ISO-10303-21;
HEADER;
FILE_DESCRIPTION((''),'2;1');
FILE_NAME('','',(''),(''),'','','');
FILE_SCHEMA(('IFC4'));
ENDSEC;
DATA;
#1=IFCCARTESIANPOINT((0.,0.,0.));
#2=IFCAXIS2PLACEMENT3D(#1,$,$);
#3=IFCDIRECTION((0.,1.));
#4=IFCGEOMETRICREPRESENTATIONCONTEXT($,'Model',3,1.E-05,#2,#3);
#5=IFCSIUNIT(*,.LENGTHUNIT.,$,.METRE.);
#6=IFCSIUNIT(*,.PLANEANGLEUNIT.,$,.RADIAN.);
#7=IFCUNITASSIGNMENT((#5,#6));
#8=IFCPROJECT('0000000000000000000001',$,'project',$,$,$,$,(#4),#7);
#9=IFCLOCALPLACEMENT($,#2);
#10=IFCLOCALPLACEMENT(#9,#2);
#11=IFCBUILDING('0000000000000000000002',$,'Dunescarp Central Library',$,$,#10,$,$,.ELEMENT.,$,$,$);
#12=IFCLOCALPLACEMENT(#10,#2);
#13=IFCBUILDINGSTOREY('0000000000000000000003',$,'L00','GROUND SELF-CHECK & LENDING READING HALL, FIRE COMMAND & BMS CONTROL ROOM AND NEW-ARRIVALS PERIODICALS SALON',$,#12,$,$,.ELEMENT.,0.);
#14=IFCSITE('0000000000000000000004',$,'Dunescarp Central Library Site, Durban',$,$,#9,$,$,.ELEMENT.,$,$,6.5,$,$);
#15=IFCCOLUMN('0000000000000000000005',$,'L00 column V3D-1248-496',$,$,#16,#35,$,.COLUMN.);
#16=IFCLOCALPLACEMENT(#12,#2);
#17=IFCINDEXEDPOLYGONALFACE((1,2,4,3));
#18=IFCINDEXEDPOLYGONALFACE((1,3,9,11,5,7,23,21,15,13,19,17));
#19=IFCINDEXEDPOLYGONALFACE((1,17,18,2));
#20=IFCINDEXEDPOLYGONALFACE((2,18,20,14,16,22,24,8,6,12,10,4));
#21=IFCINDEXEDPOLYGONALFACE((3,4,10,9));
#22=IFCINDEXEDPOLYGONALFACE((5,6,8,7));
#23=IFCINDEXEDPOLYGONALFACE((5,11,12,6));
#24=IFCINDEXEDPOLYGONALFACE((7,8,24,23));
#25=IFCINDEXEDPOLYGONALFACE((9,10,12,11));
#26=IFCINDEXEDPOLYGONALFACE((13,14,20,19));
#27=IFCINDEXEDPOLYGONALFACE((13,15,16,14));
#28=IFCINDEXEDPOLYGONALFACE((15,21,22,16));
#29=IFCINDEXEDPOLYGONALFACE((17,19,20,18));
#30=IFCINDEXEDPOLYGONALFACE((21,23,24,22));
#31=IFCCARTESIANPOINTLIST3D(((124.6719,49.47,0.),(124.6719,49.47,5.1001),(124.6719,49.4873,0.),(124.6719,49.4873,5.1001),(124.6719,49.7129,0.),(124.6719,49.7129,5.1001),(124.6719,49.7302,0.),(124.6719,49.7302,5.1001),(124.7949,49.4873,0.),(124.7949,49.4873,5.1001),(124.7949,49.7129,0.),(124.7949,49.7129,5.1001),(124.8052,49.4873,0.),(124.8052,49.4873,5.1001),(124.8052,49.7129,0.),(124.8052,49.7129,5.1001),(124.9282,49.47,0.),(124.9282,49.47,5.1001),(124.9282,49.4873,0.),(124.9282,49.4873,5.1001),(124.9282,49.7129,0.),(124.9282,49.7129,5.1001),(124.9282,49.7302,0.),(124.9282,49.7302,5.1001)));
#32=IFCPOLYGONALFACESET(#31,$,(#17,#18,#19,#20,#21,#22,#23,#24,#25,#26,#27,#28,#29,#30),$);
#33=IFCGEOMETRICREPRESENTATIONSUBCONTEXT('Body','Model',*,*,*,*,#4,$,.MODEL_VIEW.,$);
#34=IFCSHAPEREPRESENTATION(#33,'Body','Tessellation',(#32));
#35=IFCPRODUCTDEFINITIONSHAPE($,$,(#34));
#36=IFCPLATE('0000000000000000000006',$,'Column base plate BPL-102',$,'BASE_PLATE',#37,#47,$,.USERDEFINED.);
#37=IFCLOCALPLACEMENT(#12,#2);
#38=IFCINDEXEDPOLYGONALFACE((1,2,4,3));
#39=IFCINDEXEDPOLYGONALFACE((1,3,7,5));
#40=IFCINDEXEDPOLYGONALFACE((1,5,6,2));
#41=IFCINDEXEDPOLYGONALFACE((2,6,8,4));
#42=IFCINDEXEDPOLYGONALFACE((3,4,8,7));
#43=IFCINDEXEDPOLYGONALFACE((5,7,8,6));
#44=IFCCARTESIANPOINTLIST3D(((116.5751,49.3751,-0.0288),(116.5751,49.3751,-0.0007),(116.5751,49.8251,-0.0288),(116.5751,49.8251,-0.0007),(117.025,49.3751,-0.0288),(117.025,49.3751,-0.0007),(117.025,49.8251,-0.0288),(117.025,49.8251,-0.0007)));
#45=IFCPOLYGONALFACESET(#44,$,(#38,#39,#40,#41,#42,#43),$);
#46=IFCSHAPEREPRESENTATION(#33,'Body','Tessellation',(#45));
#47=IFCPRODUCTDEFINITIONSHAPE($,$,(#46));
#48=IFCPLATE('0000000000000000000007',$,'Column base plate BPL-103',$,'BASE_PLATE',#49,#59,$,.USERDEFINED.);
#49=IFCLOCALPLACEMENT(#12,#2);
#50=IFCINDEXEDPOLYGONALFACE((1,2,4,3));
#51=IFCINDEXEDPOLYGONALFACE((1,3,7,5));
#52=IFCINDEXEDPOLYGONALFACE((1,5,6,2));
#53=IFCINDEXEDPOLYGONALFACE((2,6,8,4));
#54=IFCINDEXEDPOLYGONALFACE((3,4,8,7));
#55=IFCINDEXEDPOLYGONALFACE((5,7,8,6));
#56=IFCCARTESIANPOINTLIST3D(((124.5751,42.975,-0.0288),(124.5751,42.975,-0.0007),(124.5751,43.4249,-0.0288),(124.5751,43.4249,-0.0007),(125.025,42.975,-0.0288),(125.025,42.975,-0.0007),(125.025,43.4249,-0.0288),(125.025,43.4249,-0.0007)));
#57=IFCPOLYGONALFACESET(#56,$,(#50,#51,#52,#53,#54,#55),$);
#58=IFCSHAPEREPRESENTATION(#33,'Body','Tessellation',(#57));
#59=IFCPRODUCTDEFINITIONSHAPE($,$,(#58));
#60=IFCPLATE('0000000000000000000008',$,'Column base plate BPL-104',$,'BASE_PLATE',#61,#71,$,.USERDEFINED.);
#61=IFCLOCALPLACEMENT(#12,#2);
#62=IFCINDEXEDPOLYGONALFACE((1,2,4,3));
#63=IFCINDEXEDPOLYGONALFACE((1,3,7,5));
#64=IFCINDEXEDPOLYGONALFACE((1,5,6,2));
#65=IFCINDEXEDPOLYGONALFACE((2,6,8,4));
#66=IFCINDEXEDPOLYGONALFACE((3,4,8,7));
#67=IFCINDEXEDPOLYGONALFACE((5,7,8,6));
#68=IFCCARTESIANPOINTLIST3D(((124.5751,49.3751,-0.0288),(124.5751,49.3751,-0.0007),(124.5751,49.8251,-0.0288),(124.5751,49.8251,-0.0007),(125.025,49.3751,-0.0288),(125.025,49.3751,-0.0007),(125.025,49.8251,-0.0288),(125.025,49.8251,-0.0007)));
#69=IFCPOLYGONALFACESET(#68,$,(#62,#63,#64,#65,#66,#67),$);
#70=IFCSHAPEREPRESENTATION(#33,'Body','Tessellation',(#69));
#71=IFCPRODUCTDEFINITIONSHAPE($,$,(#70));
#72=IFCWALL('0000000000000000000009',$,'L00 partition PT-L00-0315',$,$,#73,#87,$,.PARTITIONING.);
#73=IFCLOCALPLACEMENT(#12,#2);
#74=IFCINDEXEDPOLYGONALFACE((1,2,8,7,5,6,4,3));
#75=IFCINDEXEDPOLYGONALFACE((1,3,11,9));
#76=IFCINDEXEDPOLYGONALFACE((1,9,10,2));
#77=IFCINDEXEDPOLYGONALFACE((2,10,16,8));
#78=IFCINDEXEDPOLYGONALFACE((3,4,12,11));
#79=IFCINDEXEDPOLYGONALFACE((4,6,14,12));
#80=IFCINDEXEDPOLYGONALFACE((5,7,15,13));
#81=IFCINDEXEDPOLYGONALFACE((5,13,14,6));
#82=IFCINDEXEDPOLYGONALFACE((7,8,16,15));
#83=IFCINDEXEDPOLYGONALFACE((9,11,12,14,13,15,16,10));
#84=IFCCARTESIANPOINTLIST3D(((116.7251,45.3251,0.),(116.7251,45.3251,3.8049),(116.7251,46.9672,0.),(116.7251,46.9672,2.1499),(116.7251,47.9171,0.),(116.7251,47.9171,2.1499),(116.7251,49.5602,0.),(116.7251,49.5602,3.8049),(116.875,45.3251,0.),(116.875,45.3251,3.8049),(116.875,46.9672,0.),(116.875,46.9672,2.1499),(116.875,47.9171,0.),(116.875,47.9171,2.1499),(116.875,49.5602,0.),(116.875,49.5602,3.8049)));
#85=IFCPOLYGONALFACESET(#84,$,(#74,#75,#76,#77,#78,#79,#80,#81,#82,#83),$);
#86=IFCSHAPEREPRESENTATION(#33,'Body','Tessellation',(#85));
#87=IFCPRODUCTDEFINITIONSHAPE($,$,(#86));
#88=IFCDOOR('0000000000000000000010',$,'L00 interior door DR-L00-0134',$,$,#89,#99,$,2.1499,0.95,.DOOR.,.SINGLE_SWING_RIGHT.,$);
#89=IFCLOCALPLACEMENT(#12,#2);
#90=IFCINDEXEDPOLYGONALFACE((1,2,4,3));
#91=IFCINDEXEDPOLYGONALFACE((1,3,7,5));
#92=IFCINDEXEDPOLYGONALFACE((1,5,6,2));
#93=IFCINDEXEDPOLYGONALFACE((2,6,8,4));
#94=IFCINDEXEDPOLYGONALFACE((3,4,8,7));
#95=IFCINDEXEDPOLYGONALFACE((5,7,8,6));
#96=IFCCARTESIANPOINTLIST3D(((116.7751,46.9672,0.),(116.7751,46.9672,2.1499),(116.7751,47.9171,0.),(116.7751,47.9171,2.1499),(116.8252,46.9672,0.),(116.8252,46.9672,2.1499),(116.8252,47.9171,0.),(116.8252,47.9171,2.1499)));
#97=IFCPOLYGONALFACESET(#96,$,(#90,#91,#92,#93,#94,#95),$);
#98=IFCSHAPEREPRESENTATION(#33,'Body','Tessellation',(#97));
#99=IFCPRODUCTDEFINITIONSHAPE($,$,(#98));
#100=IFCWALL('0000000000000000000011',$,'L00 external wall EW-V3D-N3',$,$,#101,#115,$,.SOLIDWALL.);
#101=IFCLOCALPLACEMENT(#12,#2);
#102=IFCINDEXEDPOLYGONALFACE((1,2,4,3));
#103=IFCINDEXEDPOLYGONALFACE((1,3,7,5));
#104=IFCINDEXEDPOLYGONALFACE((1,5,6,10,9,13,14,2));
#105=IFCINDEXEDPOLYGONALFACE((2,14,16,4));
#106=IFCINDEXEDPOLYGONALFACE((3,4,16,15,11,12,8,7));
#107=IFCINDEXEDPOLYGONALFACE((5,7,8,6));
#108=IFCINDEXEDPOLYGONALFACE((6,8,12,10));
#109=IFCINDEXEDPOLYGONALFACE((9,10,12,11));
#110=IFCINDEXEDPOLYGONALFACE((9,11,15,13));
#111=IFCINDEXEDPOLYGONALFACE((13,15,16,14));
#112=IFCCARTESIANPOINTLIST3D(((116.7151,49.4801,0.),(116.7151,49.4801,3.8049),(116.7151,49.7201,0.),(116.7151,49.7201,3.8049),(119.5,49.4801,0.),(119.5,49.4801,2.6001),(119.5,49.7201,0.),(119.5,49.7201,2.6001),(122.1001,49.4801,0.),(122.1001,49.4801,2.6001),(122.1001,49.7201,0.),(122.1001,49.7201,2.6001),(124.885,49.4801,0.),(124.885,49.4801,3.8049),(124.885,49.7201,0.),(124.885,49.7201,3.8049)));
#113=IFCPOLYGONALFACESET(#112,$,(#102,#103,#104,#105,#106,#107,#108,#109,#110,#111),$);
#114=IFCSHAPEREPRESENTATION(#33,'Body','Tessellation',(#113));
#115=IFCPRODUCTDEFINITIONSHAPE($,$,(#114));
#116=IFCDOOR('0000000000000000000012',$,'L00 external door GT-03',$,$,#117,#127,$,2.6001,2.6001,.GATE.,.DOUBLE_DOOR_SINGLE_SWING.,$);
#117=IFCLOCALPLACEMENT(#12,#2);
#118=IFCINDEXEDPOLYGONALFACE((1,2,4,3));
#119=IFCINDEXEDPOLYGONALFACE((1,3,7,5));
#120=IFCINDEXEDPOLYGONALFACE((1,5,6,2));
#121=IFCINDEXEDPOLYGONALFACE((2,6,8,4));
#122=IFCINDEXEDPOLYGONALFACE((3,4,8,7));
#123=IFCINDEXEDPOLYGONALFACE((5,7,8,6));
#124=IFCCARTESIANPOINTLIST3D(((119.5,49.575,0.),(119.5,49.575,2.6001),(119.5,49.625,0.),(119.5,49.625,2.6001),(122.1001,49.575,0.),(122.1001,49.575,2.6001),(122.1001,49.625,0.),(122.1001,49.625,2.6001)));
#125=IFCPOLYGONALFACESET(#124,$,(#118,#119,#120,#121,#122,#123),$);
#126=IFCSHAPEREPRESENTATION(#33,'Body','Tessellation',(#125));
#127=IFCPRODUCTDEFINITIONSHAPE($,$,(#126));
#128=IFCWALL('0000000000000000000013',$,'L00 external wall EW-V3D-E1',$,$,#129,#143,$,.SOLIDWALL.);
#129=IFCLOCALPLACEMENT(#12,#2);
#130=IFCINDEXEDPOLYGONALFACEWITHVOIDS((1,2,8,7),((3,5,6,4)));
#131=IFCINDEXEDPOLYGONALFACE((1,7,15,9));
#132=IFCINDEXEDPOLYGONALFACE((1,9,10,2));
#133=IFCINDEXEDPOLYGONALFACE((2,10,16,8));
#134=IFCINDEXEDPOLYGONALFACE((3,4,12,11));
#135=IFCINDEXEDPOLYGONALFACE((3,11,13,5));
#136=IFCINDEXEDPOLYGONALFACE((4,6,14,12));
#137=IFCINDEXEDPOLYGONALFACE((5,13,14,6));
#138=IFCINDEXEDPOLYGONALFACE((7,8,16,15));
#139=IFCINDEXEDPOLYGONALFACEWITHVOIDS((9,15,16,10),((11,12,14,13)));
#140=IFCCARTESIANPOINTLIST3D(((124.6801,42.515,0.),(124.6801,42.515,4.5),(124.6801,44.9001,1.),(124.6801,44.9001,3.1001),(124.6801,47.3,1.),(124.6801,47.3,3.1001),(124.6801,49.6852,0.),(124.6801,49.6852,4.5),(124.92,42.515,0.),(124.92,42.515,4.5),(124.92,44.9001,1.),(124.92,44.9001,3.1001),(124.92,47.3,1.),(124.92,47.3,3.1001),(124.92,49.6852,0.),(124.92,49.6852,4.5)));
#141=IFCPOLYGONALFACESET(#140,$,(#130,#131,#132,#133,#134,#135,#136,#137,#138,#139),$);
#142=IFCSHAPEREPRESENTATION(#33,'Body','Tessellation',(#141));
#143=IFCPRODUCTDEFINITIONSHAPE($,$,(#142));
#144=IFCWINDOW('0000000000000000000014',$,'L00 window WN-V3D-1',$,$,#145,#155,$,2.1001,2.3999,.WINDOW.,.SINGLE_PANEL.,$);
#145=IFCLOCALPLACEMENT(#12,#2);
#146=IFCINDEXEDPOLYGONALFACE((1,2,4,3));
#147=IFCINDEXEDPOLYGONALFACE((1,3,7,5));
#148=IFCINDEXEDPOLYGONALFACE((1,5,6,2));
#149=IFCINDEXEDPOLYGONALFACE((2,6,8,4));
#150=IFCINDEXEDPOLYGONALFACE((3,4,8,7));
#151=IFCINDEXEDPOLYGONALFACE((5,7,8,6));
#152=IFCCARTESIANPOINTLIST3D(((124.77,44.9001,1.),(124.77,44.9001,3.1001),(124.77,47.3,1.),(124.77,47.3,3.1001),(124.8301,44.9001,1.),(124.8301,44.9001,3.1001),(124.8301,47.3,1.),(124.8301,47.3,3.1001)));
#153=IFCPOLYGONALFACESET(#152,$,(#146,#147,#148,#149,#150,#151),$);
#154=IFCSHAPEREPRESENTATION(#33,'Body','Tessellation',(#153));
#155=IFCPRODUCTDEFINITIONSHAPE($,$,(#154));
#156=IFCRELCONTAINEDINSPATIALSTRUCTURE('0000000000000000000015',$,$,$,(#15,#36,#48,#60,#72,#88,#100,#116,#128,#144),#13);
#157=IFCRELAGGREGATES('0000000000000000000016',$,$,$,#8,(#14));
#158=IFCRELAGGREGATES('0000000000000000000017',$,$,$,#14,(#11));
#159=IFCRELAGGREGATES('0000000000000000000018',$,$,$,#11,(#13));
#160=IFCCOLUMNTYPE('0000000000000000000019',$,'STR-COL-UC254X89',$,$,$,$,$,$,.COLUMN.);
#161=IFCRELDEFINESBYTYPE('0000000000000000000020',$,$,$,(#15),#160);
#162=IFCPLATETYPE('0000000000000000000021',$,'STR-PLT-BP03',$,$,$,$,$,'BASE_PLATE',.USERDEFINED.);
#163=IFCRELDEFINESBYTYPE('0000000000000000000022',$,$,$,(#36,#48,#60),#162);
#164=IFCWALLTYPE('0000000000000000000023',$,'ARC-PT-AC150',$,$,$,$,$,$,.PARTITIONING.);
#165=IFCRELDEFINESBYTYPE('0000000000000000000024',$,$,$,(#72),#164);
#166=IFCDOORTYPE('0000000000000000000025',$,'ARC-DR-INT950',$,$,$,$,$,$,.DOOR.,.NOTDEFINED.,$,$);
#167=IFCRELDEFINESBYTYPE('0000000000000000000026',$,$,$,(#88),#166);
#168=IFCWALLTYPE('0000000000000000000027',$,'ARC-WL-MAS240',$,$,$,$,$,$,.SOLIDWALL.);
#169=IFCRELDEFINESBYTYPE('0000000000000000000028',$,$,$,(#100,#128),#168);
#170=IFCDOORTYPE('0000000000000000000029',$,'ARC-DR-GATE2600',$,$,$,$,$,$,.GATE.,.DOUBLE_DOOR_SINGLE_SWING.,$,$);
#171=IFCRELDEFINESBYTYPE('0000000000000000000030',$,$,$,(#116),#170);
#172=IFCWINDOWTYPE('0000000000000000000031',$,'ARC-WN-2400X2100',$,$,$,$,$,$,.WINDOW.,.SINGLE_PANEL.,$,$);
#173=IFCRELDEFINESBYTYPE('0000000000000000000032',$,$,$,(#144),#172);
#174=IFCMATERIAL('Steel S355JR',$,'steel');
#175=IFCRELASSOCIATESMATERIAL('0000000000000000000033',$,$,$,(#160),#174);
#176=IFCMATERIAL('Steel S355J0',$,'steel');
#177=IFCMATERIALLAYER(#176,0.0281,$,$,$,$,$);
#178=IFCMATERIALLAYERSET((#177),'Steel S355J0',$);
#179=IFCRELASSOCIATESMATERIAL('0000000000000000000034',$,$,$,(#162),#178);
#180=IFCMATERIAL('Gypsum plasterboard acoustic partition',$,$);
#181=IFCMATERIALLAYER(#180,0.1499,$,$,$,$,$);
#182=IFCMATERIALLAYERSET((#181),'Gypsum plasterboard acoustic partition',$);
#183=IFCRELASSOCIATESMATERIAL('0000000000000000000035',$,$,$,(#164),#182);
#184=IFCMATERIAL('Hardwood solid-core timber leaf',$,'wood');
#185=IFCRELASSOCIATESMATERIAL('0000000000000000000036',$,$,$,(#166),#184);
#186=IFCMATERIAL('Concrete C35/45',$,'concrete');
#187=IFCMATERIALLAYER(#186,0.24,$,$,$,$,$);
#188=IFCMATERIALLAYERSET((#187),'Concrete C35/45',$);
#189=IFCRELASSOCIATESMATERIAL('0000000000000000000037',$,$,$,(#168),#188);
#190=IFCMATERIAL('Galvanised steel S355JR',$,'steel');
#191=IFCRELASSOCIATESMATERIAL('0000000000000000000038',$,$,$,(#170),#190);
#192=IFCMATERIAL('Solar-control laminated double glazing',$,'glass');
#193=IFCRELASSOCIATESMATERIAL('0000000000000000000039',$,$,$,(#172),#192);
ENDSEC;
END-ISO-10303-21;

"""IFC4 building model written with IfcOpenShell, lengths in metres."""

from ifc_helpers import new_model, si_unit, direction, frame, frame_2d, origin, origin_2d, place, context, subcontext, project, spatial, rectangle, i_section, extrude, material, layer, layer_set, material_profile, profile_set, type_object, element, fill, save


model = new_model("IFC4")

# Units and contexts
model_context = context("Model", 3, precision=1e-05, world=origin(), true_north=direction((0.0, 1.0)))
body_context = subcontext(model_context, "Body", "Model", "MODEL_VIEW")
ifc_project = project(units=[si_unit("LENGTHUNIT", "METRE"), si_unit("PLANEANGLEUNIT", "RADIAN")], contexts=[model_context])

# Site, building, storey
site_placement = place(None, origin())
site = spatial("IfcSite", under=ifc_project, at=site_placement, Name="Dunescarp Central Library Site, Durban", CompositionType="ELEMENT", RefElevation=6.5)
building_placement = place(site_placement, origin())
building = spatial("IfcBuilding", under=site, at=building_placement, Name="Dunescarp Central Library", CompositionType="ELEMENT")
storey_placement = place(building_placement, origin())
storey = spatial("IfcBuildingStorey", under=building, at=storey_placement, Name="L00", Description="GROUND SELF-CHECK & LENDING READING HALL, FIRE COMMAND & BMS CONTROL ROOM AND NEW-ARRIVALS PERIODICALS SALON", CompositionType="ELEMENT", Elevation=0.0)

# Shared definitions
ifc_material_1 = material(Name="Concrete C35/45", Category="concrete")

# Column
ifc_material_2 = material(Name="Steel S355JR", Category="steel")
ifc_material_profile_1 = material_profile(ifc_material_2, i_section(OverallWidth=0.2563, OverallDepth=0.2603, WebThickness=0.0103, FlangeThickness=0.0173, at=origin_2d()), Name="UC 254x254x89")
ifc_profile_set_1 = profile_set([ifc_material_profile_1], Name="Steel S355JR")
column_type = type_object("IfcColumnType", Name="STR-COL-UC254X89", PredefinedType="COLUMN", material=ifc_profile_set_1)
for number, where, z_axis, x_axis, name in (
    (1, (124.8, 49.6001, 0.0), (0.0, 0.0, 1.0), (1.0, 0.0, 0.0), "L00 column V3D-1248-496"),
):
    element("IfcColumn", number, at=place(storey_placement, frame(where, z_axis=z_axis, x_axis=x_axis)), inside=storey, type_object=column_type, Name=name, PredefinedType="COLUMN", context=body_context, shape_type="SweptSolid", body=[
        extrude(i_section(OverallWidth=0.2563, OverallDepth=0.2603, WebThickness=0.0103, FlangeThickness=0.0173, at=origin_2d()), origin(), (0.0, 0.0, 1.0), 5.1001),
    ])

# Plates
ifc_material_3 = material(Name="Steel S355J0", Category="steel")
ifc_layer_1 = layer(ifc_material_3, 0.0281)
ifc_layer_set_1 = layer_set([ifc_layer_1], Name="Steel S355J0")
plate_type = type_object("IfcPlateType", Name="STR-PLT-BP03", ElementType="BASE_PLATE", PredefinedType="USERDEFINED", material=ifc_layer_set_1)
for number, where, z_axis, x_axis, name in (
    (2, (116.8, 49.6001, -0.0288), (0.0, 0.0, 1.0), (1.0, 0.0, 0.0), "Column base plate BPL-102"),
    (3, (124.8, 43.2, -0.0288), (0.0, 0.0, 1.0), (1.0, 0.0, 0.0), "Column base plate BPL-103"),
    (4, (124.8, 49.6001, -0.0288), (0.0, 0.0, 1.0), (1.0, 0.0, 0.0), "Column base plate BPL-104"),
):
    element("IfcPlate", number, at=place(storey_placement, frame(where, z_axis=z_axis, x_axis=x_axis)), inside=storey, type_object=plate_type, Name=name, ObjectType="BASE_PLATE", PredefinedType="USERDEFINED", context=body_context, shape_type="SweptSolid", body=[
        extrude(rectangle(XDim=0.45, YDim=0.45, at=origin_2d()), origin(), (0.0, 0.0, 1.0), 0.0281),
    ])

# Walls, openings, doors
ifc_material_4 = material(Name="Gypsum plasterboard acoustic partition")
ifc_layer_2 = layer(ifc_material_4, 0.1499)
ifc_layer_set_2 = layer_set([ifc_layer_2], Name="Gypsum plasterboard acoustic partition")
wall_type_1 = type_object("IfcWallType", Name="ARC-PT-AC150", PredefinedType="PARTITIONING", material=ifc_layer_set_2)
wall_1_placement = place(storey_placement, frame((116.8, 45.325, 0.0), z_axis=(0.0, 0.0, 1.0), x_axis=(0.0, 1.0, 0.0)))
wall_1 = element("IfcWall", 5, at=wall_1_placement, inside=storey, type_object=wall_type_1, Name="L00 partition PT-L00-0315", PredefinedType="PARTITIONING", context=body_context, shape_type="SweptSolid", body=[
    extrude(rectangle(XDim=4.2351, YDim=0.1499, at=frame_2d((2.1177, 0.0))), origin(), (0.0, 0.0, 1.0), 3.8049),
])
opening_1_placement = place(wall_1_placement, frame((1.6421, 0.0, 0.0)))
opening_1 = element("IfcOpeningElement", 6, at=opening_1_placement, cuts=wall_1, PredefinedType="OPENING", context=body_context, shape_type="SweptSolid", body=[
    extrude(rectangle(XDim=0.95, YDim=2.1499, at=frame_2d((0.4751, 1.075))), frame((0.0, 0.085, 0.0), z_axis=(0.0, -1.0, 0.0), x_axis=(1.0, 0.0, 0.0)), (0.0, 0.0, 1.0), 0.1699),
])
ifc_material_5 = material(Name="Hardwood solid-core timber leaf", Category="wood")
door_type_1 = type_object("IfcDoorType", Name="ARC-DR-INT950", OperationType="NOTDEFINED", PredefinedType="DOOR", material=ifc_material_5)
door_1_placement = place(opening_1_placement, origin())
door_1 = element("IfcDoor", 7, at=door_1_placement, inside=storey, type_object=door_type_1, Name="L00 interior door DR-L00-0134", OperationType="SINGLE_SWING_RIGHT", OverallHeight=2.1499, OverallWidth=0.95, PredefinedType="DOOR", context=body_context, shape_type="SweptSolid", body=[
    extrude(rectangle(XDim=0.95, YDim=2.1499, at=frame_2d((0.4751, 1.075))), frame((0.0, 0.0249, 0.0), z_axis=(0.0, -1.0, 0.0), x_axis=(1.0, 0.0, 0.0)), (0.0, 0.0, 1.0), 0.05),
])
fill(opening_1, door_1)
ifc_layer_3 = layer(ifc_material_1, 0.24)
ifc_layer_set_3 = layer_set([ifc_layer_3], Name="Concrete C35/45")
wall_type_2 = type_object("IfcWallType", Name="ARC-WL-MAS240", PredefinedType="SOLIDWALL", material=ifc_layer_set_3)
wall_2_placement = place(storey_placement, frame((116.7151, 49.6001, 0.0), z_axis=(0.0, 0.0, 1.0), x_axis=(1.0, 0.0, 0.0)))
wall_2 = element("IfcWall", 8, at=wall_2_placement, inside=storey, type_object=wall_type_2, Name="L00 external wall EW-V3D-N3", PredefinedType="SOLIDWALL", context=body_context, shape_type="SweptSolid", body=[
    extrude(rectangle(XDim=8.1699, YDim=0.24, at=frame_2d((4.085, 0.0))), origin(), (0.0, 0.0, 1.0), 3.8049),
])
opening_2_placement = place(wall_2_placement, frame((2.7849, 0.0, 0.0)))
opening_2 = element("IfcOpeningElement", 9, at=opening_2_placement, cuts=wall_2, PredefinedType="OPENING", context=body_context, shape_type="SweptSolid", body=[
    extrude(rectangle(XDim=2.6001, YDim=2.6001, at=frame_2d((1.3, 1.3))), frame((0.0, 0.1299, 0.0), z_axis=(0.0, -1.0, 0.0), x_axis=(1.0, 0.0, 0.0)), (0.0, 0.0, 1.0), 0.26),
])
ifc_material_6 = material(Name="Galvanised steel S355JR", Category="steel")
door_type_2 = type_object("IfcDoorType", Name="ARC-DR-GATE2600", OperationType="DOUBLE_DOOR_SINGLE_SWING", PredefinedType="GATE", material=ifc_material_6)
door_2_placement = place(opening_2_placement, origin())
door_2 = element("IfcDoor", 10, at=door_2_placement, inside=storey, type_object=door_type_2, Name="L00 external door GT-03", OperationType="DOUBLE_DOOR_SINGLE_SWING", OverallHeight=2.6001, OverallWidth=2.6001, PredefinedType="GATE", context=body_context, shape_type="SweptSolid", body=[
    extrude(rectangle(XDim=2.6001, YDim=2.6001, at=frame_2d((1.3, 1.3))), frame((0.0, 0.0249, 0.0), z_axis=(0.0, -1.0, 0.0), x_axis=(1.0, 0.0, 0.0)), (0.0, 0.0, 1.0), 0.05),
])
fill(opening_2, door_2)

# Wall, opening, window
wall_3_placement = place(storey_placement, frame((124.8, 49.6851, 0.0), z_axis=(0.0, 0.0, 1.0), x_axis=(0.0, -1.0, 0.0)))
wall_3 = element("IfcWall", 11, at=wall_3_placement, inside=storey, type_object=wall_type_2, Name="L00 external wall EW-V3D-E1", PredefinedType="SOLIDWALL", context=body_context, shape_type="SweptSolid", body=[
    extrude(rectangle(XDim=7.1702, YDim=0.24, at=frame_2d((3.585, 0.0))), origin(), (0.0, 0.0, 1.0), 4.5),
])
opening_3_placement = place(wall_3_placement, frame((2.385, 0.0, 1.0)))
opening_3 = element("IfcOpeningElement", 12, at=opening_3_placement, cuts=wall_3, PredefinedType="OPENING", context=body_context, shape_type="SweptSolid", body=[
    extrude(rectangle(XDim=2.3999, YDim=2.1001, at=frame_2d((1.2, 1.05))), frame((0.0, 0.1299, 0.0), z_axis=(0.0, -1.0, 0.0), x_axis=(1.0, 0.0, 0.0)), (0.0, 0.0, 1.0), 0.26),
])
ifc_material_7 = material(Name="Solar-control laminated double glazing", Category="glass")
window_type = type_object("IfcWindowType", Name="ARC-WN-2400X2100", PartitioningType="SINGLE_PANEL", PredefinedType="WINDOW", material=ifc_material_7)
window_placement = place(opening_3_placement, origin())
window = element("IfcWindow", 13, at=window_placement, inside=storey, type_object=window_type, Name="L00 window WN-V3D-1", OverallHeight=2.1001, OverallWidth=2.3999, PartitioningType="SINGLE_PANEL", PredefinedType="WINDOW", context=body_context, shape_type="SweptSolid", body=[
    extrude(rectangle(XDim=2.3999, YDim=2.1001, at=frame_2d((1.2, 1.05))), frame((0.0, 0.03, 0.0), z_axis=(0.0, -1.0, 0.0), x_axis=(1.0, 0.0, 0.0)), (0.0, 0.0, 1.0), 0.0601),
])
fill(opening_3, window)

save(model, "model.ifc")
